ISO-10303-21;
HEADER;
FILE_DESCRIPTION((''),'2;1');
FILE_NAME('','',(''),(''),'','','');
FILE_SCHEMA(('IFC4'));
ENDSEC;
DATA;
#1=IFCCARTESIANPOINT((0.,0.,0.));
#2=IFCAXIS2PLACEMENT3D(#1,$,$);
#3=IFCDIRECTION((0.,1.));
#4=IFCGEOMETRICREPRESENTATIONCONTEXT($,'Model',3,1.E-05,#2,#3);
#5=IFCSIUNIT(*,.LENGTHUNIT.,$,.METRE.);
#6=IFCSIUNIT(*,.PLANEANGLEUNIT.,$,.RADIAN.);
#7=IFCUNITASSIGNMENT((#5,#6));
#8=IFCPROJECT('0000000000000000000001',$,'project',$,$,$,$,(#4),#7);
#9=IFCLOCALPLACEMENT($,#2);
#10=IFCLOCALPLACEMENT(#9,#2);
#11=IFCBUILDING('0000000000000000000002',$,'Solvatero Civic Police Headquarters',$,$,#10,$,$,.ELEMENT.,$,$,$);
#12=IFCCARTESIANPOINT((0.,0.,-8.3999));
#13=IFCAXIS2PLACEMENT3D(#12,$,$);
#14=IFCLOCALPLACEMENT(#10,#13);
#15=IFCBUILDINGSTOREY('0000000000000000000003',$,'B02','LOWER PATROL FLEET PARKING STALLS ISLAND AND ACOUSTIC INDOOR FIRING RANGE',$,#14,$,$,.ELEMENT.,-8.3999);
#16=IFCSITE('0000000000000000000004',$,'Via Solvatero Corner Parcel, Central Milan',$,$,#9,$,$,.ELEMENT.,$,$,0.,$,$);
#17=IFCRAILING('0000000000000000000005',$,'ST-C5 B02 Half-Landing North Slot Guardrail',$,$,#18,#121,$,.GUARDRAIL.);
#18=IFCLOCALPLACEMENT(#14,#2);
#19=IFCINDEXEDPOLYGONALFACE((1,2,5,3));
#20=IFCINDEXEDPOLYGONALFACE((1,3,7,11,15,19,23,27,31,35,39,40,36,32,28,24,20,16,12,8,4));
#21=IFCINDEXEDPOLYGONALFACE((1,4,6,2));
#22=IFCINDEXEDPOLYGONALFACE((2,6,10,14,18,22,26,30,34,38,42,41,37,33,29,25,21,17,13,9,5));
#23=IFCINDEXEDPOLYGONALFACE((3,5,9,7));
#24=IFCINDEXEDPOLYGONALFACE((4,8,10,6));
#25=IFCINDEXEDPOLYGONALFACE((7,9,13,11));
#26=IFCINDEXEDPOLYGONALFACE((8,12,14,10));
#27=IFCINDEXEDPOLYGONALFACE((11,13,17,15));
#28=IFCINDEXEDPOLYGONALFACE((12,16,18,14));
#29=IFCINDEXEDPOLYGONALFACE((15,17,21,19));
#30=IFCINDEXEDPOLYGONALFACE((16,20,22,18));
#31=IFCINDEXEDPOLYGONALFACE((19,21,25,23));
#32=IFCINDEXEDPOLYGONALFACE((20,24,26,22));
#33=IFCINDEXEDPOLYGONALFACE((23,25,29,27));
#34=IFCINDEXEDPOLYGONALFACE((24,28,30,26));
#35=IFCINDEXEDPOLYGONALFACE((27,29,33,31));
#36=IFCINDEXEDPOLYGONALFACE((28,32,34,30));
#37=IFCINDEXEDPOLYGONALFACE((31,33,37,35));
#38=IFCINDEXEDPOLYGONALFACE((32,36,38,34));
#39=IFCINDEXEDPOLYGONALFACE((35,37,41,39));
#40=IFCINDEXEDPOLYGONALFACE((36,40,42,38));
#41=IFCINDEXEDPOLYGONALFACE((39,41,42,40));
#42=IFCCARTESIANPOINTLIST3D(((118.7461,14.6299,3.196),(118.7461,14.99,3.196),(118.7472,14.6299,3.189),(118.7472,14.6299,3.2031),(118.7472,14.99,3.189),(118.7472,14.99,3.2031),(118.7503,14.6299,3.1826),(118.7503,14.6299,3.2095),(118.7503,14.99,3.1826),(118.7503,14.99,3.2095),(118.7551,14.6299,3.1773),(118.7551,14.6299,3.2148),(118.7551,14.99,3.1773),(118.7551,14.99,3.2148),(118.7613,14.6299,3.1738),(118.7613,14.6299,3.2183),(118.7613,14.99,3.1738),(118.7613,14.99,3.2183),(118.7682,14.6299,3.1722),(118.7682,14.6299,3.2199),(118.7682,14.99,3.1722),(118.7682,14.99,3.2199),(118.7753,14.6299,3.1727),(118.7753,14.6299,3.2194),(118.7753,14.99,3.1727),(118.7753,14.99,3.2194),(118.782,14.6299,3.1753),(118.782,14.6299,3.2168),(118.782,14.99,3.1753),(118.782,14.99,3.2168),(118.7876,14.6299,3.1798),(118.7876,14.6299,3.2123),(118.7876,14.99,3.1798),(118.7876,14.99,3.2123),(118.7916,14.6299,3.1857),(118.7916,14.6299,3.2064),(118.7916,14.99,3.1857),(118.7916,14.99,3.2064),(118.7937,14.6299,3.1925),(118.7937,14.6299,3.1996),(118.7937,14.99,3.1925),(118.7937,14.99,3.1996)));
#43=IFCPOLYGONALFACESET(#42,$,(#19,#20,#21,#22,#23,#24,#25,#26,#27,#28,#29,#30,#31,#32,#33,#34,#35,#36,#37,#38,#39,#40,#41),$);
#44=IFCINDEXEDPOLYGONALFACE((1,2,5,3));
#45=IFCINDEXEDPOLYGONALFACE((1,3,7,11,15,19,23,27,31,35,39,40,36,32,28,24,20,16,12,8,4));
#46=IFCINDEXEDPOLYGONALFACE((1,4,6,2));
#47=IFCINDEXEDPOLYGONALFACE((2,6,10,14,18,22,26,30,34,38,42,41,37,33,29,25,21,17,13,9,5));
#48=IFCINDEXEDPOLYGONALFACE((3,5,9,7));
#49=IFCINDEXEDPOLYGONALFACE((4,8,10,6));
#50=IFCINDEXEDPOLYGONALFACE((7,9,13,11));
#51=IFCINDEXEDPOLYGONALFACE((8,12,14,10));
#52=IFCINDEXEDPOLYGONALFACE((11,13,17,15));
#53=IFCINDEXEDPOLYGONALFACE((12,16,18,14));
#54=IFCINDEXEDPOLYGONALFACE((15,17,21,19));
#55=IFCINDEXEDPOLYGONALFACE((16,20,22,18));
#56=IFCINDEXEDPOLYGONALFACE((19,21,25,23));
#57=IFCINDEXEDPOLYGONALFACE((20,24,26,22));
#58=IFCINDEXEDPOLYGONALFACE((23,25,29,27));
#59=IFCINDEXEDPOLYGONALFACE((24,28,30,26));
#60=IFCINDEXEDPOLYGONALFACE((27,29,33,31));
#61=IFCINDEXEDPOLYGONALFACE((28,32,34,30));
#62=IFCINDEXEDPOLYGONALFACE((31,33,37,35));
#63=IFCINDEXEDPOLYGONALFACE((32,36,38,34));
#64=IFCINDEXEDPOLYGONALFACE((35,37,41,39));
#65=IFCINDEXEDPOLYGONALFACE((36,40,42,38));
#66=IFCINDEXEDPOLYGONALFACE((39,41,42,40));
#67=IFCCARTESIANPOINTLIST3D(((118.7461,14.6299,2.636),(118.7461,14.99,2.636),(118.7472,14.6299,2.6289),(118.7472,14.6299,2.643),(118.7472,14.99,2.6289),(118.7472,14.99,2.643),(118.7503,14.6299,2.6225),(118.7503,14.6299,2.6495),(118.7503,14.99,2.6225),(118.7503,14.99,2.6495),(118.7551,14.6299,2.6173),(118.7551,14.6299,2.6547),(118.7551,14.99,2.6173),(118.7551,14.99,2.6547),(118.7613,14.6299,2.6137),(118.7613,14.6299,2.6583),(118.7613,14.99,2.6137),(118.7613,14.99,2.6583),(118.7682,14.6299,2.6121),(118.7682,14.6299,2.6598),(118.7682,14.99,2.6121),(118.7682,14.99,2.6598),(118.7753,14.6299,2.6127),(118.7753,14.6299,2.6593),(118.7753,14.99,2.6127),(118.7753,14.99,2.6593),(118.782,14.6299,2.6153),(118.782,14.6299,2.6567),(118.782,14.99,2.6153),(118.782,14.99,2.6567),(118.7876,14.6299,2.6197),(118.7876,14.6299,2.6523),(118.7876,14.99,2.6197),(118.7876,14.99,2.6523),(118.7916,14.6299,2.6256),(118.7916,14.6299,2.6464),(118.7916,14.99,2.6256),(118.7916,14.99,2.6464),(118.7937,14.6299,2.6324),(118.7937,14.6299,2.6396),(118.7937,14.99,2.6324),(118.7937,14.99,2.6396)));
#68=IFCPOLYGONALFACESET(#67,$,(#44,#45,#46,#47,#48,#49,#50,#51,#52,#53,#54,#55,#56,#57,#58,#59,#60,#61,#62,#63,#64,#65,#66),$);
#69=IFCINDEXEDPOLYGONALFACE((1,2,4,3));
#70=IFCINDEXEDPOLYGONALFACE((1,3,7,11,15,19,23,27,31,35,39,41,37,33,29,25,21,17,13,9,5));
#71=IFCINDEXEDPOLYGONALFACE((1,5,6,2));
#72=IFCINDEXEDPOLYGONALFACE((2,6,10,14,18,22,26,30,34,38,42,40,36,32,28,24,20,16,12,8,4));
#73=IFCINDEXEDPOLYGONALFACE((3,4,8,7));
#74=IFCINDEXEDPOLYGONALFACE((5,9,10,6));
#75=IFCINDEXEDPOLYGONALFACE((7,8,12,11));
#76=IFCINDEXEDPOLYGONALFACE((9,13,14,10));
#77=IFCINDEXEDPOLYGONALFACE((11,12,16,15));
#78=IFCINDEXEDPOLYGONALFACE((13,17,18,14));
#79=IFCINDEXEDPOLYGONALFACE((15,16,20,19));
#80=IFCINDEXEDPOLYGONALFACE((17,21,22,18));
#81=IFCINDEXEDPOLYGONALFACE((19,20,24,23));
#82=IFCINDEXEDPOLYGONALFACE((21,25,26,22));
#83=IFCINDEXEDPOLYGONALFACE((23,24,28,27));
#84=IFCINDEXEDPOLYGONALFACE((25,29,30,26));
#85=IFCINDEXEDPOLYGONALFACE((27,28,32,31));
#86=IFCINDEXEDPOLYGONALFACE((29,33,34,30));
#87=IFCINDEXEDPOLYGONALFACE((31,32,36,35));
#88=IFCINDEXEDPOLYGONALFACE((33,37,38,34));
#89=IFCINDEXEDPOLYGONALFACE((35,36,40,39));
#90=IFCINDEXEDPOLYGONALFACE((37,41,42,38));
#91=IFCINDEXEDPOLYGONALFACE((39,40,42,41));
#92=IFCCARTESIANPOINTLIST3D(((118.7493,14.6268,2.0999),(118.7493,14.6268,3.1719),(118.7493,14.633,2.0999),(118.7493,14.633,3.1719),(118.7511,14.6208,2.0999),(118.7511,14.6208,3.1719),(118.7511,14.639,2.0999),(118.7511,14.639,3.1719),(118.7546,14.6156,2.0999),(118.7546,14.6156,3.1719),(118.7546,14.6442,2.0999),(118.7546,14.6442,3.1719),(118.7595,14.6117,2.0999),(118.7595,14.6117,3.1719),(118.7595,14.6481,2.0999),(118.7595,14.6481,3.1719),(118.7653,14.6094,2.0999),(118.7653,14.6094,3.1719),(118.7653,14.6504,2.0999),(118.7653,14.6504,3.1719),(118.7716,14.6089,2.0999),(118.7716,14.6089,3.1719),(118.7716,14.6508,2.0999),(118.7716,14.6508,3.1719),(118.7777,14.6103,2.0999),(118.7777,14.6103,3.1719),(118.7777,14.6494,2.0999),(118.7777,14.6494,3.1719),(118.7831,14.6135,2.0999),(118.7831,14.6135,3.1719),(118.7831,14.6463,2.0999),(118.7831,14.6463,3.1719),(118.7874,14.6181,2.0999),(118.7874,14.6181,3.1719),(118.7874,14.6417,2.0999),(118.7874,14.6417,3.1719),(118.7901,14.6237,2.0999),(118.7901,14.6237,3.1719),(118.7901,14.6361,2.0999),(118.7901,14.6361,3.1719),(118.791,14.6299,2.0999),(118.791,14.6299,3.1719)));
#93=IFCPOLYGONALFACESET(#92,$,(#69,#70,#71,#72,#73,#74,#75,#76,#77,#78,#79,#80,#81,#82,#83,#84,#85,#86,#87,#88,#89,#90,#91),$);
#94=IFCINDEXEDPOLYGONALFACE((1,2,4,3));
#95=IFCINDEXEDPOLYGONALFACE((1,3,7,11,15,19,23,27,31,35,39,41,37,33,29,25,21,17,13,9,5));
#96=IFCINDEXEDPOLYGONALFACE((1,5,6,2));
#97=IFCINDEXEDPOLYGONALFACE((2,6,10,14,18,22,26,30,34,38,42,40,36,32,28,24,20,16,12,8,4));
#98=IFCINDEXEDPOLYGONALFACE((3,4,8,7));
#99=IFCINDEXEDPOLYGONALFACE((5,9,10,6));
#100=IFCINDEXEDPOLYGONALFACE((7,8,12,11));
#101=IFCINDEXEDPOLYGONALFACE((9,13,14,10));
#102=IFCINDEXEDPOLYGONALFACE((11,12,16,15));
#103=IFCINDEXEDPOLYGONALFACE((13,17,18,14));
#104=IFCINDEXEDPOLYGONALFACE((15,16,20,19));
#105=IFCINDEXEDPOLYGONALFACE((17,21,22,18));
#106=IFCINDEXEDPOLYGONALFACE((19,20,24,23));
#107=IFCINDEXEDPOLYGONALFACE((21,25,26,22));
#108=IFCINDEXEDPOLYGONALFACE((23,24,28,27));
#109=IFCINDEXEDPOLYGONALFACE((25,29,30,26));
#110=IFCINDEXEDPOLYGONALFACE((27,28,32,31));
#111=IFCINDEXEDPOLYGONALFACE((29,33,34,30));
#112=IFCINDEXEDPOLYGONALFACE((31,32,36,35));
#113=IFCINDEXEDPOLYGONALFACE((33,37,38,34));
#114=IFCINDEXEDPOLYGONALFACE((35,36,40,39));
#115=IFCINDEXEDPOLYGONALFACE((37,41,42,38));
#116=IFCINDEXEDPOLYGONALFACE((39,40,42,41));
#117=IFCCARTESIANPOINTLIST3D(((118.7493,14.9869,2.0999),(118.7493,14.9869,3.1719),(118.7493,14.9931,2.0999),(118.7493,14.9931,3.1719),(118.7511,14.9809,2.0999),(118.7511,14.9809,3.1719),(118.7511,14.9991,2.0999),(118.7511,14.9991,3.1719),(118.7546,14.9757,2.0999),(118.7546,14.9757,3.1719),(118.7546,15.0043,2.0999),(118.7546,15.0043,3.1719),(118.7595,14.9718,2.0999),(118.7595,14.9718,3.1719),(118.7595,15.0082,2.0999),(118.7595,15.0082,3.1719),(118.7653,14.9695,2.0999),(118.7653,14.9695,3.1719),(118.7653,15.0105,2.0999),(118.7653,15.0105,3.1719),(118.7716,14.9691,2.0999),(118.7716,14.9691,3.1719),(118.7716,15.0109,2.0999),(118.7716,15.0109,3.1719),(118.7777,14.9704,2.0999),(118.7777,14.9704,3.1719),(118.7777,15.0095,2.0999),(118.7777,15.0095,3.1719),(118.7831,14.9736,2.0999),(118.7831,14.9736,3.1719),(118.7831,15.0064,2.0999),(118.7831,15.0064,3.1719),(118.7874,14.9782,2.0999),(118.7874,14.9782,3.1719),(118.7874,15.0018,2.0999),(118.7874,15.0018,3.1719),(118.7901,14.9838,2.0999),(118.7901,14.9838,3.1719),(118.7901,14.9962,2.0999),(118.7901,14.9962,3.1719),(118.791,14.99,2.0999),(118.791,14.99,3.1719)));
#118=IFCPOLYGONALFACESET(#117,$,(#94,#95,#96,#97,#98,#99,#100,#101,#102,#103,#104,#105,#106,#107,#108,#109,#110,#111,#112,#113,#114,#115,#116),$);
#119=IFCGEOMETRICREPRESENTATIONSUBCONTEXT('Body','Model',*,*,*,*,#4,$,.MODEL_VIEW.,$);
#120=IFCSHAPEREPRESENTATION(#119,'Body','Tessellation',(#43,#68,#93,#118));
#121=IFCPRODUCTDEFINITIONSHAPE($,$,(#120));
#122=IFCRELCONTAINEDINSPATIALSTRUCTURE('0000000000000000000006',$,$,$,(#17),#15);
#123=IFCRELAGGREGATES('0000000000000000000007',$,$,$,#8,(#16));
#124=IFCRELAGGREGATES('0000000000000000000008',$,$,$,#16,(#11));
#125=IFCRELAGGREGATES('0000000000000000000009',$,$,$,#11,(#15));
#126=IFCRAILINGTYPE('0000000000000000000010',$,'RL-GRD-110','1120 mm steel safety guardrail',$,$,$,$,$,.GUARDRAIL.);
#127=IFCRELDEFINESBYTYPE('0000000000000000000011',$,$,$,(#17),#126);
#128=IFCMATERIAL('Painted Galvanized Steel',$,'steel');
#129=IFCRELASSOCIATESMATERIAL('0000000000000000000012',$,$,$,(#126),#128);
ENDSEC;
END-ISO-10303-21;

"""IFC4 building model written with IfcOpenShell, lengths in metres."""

from ifc_helpers import new_model, si_unit, direction, frame, origin, origin_2d, place, context, subcontext, project, spatial, circle, extrude, material, type_object, element, save


model = new_model("IFC4")

# Units and contexts
model_context = context("Model", 3, precision=1e-05, world=origin(), true_north=direction((0.0, 1.0)))
body_context = subcontext(model_context, "Body", "Model", "MODEL_VIEW")
ifc_project = project(units=[si_unit("LENGTHUNIT", "METRE"), si_unit("PLANEANGLEUNIT", "RADIAN")], contexts=[model_context])

# Site, building, storey
site_placement = place(None, origin())
site = spatial("IfcSite", under=ifc_project, at=site_placement, Name="Via Solvatero Corner Parcel, Central Milan", CompositionType="ELEMENT", RefElevation=0.0)
building_placement = place(site_placement, origin())
building = spatial("IfcBuilding", under=site, at=building_placement, Name="Solvatero Civic Police Headquarters", CompositionType="ELEMENT")
storey_placement = place(building_placement, frame((0.0, 0.0, -8.3999)))
storey = spatial("IfcBuildingStorey", under=building, at=storey_placement, Name="B02", Description="LOWER PATROL FLEET PARKING STALLS ISLAND AND ACOUSTIC INDOOR FIRING RANGE", CompositionType="ELEMENT", Elevation=-8.3999)

# Railing
ifc_material_1 = material(Name="Painted Galvanized Steel", Category="steel")
railing_type_1 = type_object("IfcRailingType", Name="RL-GRD-110", Description="1120 mm steel safety guardrail", PredefinedType="GUARDRAIL", material=ifc_material_1)
for number, where, name in (
    (1, (118.77, 14.6299, 2.0999), "ST-C5 B02 Half-Landing North Slot Guardrail"),
):
    element("IfcRailing", number, at=place(storey_placement, frame(where)), inside=storey, type_object=railing_type_1, Name=name, PredefinedType="GUARDRAIL", context=body_context, shape_type="SweptSolid", body=[
        extrude(circle(Radius=0.0239, at=origin_2d()), frame((0.0, 0.0, 1.0962), z_axis=(0.0, 1.0, 0.0), x_axis=(-1.0, 0.0, 0.0)), (0.0, 0.0, 1.0), 0.3601),
        extrude(circle(Radius=0.0239, at=origin_2d()), frame((0.0, 0.0, 0.5361), z_axis=(0.0, 1.0, 0.0), x_axis=(-1.0, 0.0, 0.0)), (0.0, 0.0, 1.0), 0.3601),
        extrude(circle(Radius=0.021, at=origin_2d()), origin(), (0.0, 0.0, 1.0), 1.072),
        extrude(circle(Radius=0.021, at=origin_2d()), frame((0.0, 0.3601, 0.0)), (0.0, 0.0, 1.0), 1.072),
    ])

save(model, "model.ifc")
